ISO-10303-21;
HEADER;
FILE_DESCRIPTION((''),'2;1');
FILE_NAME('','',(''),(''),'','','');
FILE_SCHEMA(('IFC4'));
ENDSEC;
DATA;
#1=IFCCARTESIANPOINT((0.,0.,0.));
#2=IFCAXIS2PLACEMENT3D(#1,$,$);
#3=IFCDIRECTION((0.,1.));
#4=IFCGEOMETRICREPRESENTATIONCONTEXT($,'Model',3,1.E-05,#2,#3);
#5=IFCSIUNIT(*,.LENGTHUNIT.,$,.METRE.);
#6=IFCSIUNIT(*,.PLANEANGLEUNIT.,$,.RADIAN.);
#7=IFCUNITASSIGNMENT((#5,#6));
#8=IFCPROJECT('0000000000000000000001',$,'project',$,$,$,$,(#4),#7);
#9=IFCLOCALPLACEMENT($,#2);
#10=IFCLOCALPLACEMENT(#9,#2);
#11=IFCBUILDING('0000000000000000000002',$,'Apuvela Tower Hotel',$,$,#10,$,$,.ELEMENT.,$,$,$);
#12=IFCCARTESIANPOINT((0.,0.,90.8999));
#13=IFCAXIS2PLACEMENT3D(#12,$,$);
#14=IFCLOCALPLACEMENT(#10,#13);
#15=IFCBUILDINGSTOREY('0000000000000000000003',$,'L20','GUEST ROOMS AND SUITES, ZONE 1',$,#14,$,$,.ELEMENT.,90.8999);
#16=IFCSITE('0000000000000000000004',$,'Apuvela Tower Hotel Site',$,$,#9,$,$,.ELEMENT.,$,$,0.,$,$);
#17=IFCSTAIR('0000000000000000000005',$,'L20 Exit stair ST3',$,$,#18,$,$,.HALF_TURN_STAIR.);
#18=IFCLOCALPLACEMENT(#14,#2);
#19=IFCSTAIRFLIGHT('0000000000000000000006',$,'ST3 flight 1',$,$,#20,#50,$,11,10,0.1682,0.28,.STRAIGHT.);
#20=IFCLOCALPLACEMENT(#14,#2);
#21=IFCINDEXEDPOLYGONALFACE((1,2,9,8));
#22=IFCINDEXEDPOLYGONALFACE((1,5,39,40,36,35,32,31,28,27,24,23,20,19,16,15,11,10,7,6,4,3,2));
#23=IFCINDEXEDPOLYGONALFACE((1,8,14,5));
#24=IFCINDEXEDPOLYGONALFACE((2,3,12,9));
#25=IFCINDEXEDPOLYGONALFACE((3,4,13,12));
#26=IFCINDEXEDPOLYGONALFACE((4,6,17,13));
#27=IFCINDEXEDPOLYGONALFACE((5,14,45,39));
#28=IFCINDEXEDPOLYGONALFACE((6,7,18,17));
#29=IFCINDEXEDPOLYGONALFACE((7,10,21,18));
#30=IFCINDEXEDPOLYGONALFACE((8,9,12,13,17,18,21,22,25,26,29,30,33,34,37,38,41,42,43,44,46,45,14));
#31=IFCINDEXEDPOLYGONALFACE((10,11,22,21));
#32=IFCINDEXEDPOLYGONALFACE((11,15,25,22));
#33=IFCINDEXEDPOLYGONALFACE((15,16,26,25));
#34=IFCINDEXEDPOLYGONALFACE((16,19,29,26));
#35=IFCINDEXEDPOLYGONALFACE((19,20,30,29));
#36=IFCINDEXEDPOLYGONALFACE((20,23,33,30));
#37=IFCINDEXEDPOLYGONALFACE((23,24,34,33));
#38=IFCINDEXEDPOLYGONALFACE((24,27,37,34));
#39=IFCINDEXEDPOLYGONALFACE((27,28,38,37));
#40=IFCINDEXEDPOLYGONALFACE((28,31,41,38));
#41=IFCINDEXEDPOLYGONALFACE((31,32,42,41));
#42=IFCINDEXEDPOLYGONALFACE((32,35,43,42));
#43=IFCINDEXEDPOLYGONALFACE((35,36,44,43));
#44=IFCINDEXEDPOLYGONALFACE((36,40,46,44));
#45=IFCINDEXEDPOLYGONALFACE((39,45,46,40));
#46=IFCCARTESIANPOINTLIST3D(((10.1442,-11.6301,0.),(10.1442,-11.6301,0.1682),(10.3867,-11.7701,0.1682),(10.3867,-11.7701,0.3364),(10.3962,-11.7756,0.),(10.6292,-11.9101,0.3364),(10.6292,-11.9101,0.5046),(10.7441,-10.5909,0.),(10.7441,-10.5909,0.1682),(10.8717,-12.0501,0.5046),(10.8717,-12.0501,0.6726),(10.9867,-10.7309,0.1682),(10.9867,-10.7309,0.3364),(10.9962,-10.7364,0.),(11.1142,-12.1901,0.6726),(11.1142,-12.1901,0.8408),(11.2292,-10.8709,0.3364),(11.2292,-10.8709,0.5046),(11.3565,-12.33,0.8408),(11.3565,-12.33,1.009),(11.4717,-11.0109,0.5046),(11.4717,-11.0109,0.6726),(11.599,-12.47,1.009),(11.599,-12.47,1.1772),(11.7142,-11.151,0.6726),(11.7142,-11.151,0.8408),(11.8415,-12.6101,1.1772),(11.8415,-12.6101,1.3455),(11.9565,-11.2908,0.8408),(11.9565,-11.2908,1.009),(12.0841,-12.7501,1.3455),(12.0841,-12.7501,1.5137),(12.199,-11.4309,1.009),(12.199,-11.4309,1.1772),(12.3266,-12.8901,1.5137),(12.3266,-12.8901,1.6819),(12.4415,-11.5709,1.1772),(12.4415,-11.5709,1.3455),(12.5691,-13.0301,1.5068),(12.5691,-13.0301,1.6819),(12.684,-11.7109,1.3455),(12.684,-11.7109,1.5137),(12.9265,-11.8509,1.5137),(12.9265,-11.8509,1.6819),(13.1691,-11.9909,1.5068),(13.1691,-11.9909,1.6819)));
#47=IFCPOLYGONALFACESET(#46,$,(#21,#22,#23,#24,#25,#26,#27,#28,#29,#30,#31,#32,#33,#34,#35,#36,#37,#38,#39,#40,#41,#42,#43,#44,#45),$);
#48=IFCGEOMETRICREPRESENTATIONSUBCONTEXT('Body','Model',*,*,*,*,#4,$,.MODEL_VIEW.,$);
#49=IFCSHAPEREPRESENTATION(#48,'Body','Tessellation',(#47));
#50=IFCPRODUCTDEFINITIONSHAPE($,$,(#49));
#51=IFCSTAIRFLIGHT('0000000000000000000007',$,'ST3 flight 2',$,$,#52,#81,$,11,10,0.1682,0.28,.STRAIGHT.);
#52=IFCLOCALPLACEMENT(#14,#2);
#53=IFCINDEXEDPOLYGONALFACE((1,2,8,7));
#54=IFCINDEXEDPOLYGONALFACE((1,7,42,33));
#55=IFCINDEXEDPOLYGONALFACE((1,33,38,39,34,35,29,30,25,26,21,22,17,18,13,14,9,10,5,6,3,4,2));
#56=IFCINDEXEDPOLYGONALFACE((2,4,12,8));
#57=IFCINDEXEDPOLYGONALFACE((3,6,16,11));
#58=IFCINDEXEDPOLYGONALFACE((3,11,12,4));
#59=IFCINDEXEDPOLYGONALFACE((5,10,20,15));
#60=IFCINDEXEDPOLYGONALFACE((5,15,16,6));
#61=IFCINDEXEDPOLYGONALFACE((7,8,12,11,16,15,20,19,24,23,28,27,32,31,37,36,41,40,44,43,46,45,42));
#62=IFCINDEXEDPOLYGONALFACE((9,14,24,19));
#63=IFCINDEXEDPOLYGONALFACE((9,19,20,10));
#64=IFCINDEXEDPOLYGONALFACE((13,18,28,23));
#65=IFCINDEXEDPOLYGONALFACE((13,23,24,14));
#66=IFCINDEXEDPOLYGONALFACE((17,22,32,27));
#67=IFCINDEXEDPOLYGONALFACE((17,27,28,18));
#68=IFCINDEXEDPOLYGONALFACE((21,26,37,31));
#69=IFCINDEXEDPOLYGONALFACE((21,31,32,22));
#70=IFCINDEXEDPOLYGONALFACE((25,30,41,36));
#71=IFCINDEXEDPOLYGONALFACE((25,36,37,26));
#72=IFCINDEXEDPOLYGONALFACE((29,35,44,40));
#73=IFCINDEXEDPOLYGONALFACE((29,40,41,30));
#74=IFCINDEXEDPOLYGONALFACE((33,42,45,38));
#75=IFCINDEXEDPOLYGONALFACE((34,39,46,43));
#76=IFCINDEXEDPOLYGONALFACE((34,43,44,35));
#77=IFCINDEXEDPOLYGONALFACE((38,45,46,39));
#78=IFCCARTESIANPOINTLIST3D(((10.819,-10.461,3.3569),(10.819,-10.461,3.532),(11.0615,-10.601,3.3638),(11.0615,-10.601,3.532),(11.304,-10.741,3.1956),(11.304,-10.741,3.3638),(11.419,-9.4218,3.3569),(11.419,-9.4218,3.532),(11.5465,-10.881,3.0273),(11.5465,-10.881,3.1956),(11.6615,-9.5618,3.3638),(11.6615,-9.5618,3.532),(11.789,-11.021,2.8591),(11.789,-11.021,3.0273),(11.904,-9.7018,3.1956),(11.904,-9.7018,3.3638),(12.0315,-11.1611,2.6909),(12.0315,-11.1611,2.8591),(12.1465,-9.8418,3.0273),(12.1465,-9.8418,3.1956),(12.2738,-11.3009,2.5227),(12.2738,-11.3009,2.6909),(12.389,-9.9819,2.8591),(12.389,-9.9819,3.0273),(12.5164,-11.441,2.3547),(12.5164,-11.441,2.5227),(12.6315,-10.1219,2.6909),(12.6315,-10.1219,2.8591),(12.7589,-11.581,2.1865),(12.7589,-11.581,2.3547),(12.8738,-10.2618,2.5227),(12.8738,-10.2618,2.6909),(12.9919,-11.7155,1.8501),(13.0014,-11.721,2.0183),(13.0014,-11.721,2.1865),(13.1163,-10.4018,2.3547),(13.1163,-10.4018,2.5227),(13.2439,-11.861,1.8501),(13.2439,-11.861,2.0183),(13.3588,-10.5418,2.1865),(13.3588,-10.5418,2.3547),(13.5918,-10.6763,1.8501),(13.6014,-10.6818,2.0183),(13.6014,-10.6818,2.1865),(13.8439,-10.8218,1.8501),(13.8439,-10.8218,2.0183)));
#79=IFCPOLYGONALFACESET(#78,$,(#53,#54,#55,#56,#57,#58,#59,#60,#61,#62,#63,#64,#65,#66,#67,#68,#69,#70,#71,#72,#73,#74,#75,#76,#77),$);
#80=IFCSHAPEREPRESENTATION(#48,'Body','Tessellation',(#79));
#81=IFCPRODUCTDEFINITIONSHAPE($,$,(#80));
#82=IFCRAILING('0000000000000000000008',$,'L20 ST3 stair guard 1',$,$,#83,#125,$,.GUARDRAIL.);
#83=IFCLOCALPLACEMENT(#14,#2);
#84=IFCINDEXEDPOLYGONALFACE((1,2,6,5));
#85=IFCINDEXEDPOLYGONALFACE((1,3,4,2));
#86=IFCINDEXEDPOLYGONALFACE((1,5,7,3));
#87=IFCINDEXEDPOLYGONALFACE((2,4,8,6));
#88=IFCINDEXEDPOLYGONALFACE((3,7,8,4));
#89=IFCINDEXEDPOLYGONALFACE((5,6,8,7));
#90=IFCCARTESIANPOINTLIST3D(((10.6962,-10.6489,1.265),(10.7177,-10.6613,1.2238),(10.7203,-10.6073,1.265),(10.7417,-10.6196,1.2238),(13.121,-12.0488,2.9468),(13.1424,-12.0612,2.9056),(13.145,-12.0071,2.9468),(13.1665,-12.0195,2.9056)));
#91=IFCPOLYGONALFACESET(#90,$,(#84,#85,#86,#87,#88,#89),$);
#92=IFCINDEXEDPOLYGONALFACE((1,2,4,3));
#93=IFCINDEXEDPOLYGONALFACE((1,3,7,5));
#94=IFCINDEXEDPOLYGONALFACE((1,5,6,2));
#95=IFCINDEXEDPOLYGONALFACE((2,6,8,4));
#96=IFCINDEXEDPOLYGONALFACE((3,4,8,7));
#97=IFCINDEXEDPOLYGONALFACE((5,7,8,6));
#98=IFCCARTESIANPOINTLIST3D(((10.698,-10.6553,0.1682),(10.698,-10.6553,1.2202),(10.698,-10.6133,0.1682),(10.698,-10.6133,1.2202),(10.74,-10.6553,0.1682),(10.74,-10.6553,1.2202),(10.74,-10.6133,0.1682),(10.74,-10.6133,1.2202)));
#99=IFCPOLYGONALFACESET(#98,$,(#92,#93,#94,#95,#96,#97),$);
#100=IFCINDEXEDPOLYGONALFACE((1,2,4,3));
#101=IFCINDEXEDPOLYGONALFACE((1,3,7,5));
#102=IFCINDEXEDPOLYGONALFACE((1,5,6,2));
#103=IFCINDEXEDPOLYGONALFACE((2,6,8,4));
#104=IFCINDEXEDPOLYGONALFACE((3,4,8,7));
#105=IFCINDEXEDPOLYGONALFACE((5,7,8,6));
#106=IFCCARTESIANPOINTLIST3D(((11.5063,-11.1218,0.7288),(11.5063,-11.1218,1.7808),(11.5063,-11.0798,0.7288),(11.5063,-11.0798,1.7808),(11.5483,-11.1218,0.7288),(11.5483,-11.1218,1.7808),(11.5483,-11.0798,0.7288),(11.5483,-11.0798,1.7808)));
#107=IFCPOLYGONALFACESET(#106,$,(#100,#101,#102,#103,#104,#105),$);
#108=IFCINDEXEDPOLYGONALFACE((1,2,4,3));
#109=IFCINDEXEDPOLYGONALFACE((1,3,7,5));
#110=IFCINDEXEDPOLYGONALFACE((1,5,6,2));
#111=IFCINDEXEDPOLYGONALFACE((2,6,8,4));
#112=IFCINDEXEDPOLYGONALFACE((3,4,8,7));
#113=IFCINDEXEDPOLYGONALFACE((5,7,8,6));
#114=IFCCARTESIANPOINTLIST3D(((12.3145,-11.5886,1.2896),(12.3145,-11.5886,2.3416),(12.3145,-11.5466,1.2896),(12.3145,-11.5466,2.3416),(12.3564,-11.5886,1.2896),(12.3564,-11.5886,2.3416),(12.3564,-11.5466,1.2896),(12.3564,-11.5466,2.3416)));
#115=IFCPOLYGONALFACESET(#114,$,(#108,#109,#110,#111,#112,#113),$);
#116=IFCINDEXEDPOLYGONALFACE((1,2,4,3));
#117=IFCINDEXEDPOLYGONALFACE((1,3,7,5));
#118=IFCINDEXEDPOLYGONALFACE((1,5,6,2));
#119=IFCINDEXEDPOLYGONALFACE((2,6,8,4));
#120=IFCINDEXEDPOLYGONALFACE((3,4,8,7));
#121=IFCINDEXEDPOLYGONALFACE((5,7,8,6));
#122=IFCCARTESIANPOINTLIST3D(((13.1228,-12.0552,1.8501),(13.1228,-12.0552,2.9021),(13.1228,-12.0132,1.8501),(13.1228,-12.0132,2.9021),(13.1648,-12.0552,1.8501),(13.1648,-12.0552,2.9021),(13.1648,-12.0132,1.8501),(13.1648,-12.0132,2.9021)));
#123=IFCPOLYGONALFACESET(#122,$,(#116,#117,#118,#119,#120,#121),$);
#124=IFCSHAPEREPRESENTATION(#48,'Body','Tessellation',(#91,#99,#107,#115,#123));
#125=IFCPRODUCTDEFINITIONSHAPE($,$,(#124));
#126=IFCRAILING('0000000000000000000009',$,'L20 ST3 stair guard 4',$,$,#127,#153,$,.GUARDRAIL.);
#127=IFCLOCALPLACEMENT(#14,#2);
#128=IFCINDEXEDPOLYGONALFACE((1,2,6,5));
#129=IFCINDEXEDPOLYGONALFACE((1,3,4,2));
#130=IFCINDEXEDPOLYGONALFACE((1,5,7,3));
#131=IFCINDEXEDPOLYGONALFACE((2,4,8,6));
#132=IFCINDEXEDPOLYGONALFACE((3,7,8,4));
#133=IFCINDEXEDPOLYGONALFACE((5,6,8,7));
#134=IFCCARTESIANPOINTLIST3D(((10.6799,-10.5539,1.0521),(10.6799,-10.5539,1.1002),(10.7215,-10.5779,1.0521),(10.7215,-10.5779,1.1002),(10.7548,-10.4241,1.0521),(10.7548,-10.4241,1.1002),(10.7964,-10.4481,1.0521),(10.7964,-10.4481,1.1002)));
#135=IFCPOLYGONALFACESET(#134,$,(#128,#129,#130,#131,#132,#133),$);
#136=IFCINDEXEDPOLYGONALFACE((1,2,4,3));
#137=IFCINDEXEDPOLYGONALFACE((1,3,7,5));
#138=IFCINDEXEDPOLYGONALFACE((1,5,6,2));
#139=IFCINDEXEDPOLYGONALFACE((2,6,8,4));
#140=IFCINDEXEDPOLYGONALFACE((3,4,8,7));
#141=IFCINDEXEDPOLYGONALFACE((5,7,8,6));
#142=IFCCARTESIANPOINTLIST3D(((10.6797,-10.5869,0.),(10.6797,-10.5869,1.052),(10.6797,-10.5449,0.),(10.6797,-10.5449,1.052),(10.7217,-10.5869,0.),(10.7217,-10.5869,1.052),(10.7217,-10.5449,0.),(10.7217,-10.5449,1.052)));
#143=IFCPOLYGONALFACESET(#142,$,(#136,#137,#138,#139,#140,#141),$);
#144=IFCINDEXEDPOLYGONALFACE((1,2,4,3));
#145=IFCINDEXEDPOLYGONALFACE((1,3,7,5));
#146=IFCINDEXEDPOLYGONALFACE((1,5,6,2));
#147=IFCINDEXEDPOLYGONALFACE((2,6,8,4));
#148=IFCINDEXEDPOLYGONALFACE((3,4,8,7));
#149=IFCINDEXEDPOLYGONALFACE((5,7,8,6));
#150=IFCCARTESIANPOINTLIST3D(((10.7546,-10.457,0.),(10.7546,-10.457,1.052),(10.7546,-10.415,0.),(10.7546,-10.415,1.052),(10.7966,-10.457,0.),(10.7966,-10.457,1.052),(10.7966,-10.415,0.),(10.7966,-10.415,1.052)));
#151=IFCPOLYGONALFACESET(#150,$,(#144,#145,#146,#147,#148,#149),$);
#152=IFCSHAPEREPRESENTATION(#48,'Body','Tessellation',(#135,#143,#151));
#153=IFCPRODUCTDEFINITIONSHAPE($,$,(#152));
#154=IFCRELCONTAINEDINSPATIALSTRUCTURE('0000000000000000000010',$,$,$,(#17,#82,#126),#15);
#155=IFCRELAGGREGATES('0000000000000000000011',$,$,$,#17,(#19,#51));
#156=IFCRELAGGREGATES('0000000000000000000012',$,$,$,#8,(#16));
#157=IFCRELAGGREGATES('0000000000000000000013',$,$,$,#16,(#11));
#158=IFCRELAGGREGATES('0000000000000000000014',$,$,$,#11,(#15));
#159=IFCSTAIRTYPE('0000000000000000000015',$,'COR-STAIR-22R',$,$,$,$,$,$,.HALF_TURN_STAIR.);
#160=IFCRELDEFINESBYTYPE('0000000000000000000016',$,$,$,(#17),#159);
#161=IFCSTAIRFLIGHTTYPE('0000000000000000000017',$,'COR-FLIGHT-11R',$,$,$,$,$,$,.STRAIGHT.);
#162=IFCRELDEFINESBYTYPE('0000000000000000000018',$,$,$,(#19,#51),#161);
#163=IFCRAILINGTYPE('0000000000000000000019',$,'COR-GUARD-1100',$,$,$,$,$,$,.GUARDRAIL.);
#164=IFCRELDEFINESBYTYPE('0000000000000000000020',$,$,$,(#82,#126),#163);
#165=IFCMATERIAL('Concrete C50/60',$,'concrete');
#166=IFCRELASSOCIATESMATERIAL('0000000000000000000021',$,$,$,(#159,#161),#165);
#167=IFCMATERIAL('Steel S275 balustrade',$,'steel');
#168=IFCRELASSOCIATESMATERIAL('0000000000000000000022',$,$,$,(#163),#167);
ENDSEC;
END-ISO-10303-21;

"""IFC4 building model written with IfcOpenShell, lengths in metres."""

from ifc_helpers import new_model, si_unit, direction, frame, origin, origin_2d, place, context, subcontext, project, spatial, polyline, rectangle, outline, extrude, material, type_object, element, aggregate, save


model = new_model("IFC4")

# Units and contexts
model_context = context("Model", 3, precision=1e-05, world=origin(), true_north=direction((0.0, 1.0)))
body_context = subcontext(model_context, "Body", "Model", "MODEL_VIEW")
ifc_project = project(units=[si_unit("LENGTHUNIT", "METRE"), si_unit("PLANEANGLEUNIT", "RADIAN")], contexts=[model_context])

# Site, building, storey
site_placement = place(None, origin())
site = spatial("IfcSite", under=ifc_project, at=site_placement, Name="Apuvela Tower Hotel Site", CompositionType="ELEMENT", RefElevation=0.0)
building_placement = place(site_placement, origin())
building = spatial("IfcBuilding", under=site, at=building_placement, Name="Apuvela Tower Hotel", CompositionType="ELEMENT")
storey_placement = place(building_placement, frame((0.0, 0.0, 90.8999)))
storey = spatial("IfcBuildingStorey", under=building, at=storey_placement, Name="L20", Description="GUEST ROOMS AND SUITES, ZONE 1", CompositionType="ELEMENT", Elevation=90.8999)

# Shared definitions
ifc_material_1 = material(Name="Concrete C50/60", Category="concrete")

# Stair, stair flights
stair_type = type_object("IfcStairType", Name="COR-STAIR-22R", PredefinedType="HALF_TURN_STAIR", material=ifc_material_1)
stair_placement = place(storey_placement, origin())
stair = element("IfcStair", 1, at=stair_placement, inside=storey, type_object=stair_type, Name="L20 Exit stair ST3", PredefinedType="HALF_TURN_STAIR")
stair_flight_type = type_object("IfcStairFlightType", Name="COR-FLIGHT-11R", PredefinedType="STRAIGHT", material=ifc_material_1)
stair_flight_1_placement = place(storey_placement, frame((10.4441, -11.1106, 0.0), z_axis=(0.0, 0.0, 1.0), x_axis=(0.866025, -0.5, 0.0)))
stair_flight_1 = element("IfcStairFlight", 2, at=stair_flight_1_placement, type_object=stair_flight_type, Name="ST3 flight 1", NumberOfRisers=11, NumberOfTreads=10, PredefinedType="STRAIGHT", RiserHeight=0.1682, TreadLength=0.28, context=body_context, shape_type="SweptSolid", body=[
    extrude(outline(polyline([(0.0, 0.0), (0.0, 0.1682), (0.28, 0.1682), (0.28, 0.3364), (0.5601, 0.3364), (0.5601, 0.5046), (0.8401, 0.5046), (0.8401, 0.6726), (1.1201, 0.6726), (1.1201, 0.8408), (1.3999, 0.8408), (1.3999, 1.009), (1.6799, 1.009), (1.6799, 1.1772), (1.96, 1.1772), (1.96, 1.3455), (2.24, 1.3455), (2.24, 1.5137), (2.52, 1.5137), (2.52, 1.6819), (2.8, 1.6819), (2.8, 1.8501), (2.8, 1.5068), (0.291, 0.0), (0.0, 0.0)])), frame((0.0, 0.6001, 0.0), z_axis=(0.0, -1.0, 0.0), x_axis=(1.0, 0.0, 0.0)), (0.0, 0.0, 1.0), 1.2),
])
stair_flight_2_placement = place(storey_placement, frame((13.5439, -11.3413, 1.8501), z_axis=(0.0, 0.0, 1.0), x_axis=(-0.866025, 0.5, 0.0)))
stair_flight_2 = element("IfcStairFlight", 3, at=stair_flight_2_placement, type_object=stair_flight_type, Name="ST3 flight 2", NumberOfRisers=11, NumberOfTreads=10, PredefinedType="STRAIGHT", RiserHeight=0.1682, TreadLength=0.28, context=body_context, shape_type="SweptSolid", body=[
    extrude(outline(polyline([(0.0, 0.0), (0.0, 0.1682), (0.28, 0.1682), (0.28, 0.3364), (0.5601, 0.3364), (0.5601, 0.5046), (0.8401, 0.5046), (0.8401, 0.6726), (1.1201, 0.6726), (1.1201, 0.8408), (1.3999, 0.8408), (1.3999, 1.009), (1.6799, 1.009), (1.6799, 1.1772), (1.96, 1.1772), (1.96, 1.3455), (2.24, 1.3455), (2.24, 1.5137), (2.52, 1.5137), (2.52, 1.6819), (2.8, 1.6819), (2.8, 1.8501), (2.8, 1.5068), (0.291, 0.0), (0.0, 0.0)])), frame((0.0, 0.6001, 0.0), z_axis=(0.0, -1.0, 0.0), x_axis=(1.0, 0.0, 0.0)), (0.0, 0.0, 1.0), 1.2),
])
aggregate(stair, [stair_flight_1, stair_flight_2])

# Railings
ifc_material_2 = material(Name="Steel S275 balustrade", Category="steel")
railing_type_1 = type_object("IfcRailingType", Name="COR-GUARD-1100", PredefinedType="GUARDRAIL", material=ifc_material_2)
railing_1_placement = place(storey_placement, frame((10.719, -10.6343, 0.1682)))
element("IfcRailing", 4, at=railing_1_placement, inside=storey, type_object=railing_type_1, Name="L20 ST3 stair guard 1", PredefinedType="GUARDRAIL", context=body_context, shape_type="SweptSolid", body=[
    extrude(rectangle(XDim=0.0481, YDim=0.0481, at=origin_2d()), frame((0.0, 0.0, 1.0762), z_axis=(0.74239, -0.428601, 0.514934), x_axis=(0.499984, 0.866035, 0.0)), (0.0, 0.0, 1.0), 3.2661),
    extrude(rectangle(XDim=0.042, YDim=0.042, at=origin_2d()), origin(), (0.0, 0.0, 1.0), 1.052),
    extrude(rectangle(XDim=0.042, YDim=0.042, at=origin_2d()), frame((0.8083, -0.4666, 0.5605)), (0.0, 0.0, 1.0), 1.052),
    extrude(rectangle(XDim=0.042, YDim=0.042, at=origin_2d()), frame((1.6165, -0.9333, 1.1213)), (0.0, 0.0, 1.0), 1.052),
    extrude(rectangle(XDim=0.042, YDim=0.042, at=origin_2d()), frame((2.4248, -1.3999, 1.6819)), (0.0, 0.0, 1.0), 1.052),
])
railing_2_placement = place(storey_placement, frame((10.7007, -10.5659, 0.0)))
element("IfcRailing", 5, at=railing_2_placement, inside=storey, type_object=railing_type_1, Name="L20 ST3 stair guard 4", PredefinedType="GUARDRAIL", context=body_context, shape_type="SweptSolid", body=[
    extrude(rectangle(XDim=0.0481, YDim=0.0481, at=origin_2d()), frame((0.0, 0.0, 1.0762), z_axis=(0.499816, 0.866131, 0.0), x_axis=(-0.866131, 0.499816, 0.0)), (0.0, 0.0, 1.0), 0.1499),
    extrude(rectangle(XDim=0.042, YDim=0.042, at=origin_2d()), origin(), (0.0, 0.0, 1.0), 1.052),
    extrude(rectangle(XDim=0.042, YDim=0.042, at=origin_2d()), frame((0.075, 0.1299, 0.0)), (0.0, 0.0, 1.0), 1.052),
])

save(model, "model.ifc")
